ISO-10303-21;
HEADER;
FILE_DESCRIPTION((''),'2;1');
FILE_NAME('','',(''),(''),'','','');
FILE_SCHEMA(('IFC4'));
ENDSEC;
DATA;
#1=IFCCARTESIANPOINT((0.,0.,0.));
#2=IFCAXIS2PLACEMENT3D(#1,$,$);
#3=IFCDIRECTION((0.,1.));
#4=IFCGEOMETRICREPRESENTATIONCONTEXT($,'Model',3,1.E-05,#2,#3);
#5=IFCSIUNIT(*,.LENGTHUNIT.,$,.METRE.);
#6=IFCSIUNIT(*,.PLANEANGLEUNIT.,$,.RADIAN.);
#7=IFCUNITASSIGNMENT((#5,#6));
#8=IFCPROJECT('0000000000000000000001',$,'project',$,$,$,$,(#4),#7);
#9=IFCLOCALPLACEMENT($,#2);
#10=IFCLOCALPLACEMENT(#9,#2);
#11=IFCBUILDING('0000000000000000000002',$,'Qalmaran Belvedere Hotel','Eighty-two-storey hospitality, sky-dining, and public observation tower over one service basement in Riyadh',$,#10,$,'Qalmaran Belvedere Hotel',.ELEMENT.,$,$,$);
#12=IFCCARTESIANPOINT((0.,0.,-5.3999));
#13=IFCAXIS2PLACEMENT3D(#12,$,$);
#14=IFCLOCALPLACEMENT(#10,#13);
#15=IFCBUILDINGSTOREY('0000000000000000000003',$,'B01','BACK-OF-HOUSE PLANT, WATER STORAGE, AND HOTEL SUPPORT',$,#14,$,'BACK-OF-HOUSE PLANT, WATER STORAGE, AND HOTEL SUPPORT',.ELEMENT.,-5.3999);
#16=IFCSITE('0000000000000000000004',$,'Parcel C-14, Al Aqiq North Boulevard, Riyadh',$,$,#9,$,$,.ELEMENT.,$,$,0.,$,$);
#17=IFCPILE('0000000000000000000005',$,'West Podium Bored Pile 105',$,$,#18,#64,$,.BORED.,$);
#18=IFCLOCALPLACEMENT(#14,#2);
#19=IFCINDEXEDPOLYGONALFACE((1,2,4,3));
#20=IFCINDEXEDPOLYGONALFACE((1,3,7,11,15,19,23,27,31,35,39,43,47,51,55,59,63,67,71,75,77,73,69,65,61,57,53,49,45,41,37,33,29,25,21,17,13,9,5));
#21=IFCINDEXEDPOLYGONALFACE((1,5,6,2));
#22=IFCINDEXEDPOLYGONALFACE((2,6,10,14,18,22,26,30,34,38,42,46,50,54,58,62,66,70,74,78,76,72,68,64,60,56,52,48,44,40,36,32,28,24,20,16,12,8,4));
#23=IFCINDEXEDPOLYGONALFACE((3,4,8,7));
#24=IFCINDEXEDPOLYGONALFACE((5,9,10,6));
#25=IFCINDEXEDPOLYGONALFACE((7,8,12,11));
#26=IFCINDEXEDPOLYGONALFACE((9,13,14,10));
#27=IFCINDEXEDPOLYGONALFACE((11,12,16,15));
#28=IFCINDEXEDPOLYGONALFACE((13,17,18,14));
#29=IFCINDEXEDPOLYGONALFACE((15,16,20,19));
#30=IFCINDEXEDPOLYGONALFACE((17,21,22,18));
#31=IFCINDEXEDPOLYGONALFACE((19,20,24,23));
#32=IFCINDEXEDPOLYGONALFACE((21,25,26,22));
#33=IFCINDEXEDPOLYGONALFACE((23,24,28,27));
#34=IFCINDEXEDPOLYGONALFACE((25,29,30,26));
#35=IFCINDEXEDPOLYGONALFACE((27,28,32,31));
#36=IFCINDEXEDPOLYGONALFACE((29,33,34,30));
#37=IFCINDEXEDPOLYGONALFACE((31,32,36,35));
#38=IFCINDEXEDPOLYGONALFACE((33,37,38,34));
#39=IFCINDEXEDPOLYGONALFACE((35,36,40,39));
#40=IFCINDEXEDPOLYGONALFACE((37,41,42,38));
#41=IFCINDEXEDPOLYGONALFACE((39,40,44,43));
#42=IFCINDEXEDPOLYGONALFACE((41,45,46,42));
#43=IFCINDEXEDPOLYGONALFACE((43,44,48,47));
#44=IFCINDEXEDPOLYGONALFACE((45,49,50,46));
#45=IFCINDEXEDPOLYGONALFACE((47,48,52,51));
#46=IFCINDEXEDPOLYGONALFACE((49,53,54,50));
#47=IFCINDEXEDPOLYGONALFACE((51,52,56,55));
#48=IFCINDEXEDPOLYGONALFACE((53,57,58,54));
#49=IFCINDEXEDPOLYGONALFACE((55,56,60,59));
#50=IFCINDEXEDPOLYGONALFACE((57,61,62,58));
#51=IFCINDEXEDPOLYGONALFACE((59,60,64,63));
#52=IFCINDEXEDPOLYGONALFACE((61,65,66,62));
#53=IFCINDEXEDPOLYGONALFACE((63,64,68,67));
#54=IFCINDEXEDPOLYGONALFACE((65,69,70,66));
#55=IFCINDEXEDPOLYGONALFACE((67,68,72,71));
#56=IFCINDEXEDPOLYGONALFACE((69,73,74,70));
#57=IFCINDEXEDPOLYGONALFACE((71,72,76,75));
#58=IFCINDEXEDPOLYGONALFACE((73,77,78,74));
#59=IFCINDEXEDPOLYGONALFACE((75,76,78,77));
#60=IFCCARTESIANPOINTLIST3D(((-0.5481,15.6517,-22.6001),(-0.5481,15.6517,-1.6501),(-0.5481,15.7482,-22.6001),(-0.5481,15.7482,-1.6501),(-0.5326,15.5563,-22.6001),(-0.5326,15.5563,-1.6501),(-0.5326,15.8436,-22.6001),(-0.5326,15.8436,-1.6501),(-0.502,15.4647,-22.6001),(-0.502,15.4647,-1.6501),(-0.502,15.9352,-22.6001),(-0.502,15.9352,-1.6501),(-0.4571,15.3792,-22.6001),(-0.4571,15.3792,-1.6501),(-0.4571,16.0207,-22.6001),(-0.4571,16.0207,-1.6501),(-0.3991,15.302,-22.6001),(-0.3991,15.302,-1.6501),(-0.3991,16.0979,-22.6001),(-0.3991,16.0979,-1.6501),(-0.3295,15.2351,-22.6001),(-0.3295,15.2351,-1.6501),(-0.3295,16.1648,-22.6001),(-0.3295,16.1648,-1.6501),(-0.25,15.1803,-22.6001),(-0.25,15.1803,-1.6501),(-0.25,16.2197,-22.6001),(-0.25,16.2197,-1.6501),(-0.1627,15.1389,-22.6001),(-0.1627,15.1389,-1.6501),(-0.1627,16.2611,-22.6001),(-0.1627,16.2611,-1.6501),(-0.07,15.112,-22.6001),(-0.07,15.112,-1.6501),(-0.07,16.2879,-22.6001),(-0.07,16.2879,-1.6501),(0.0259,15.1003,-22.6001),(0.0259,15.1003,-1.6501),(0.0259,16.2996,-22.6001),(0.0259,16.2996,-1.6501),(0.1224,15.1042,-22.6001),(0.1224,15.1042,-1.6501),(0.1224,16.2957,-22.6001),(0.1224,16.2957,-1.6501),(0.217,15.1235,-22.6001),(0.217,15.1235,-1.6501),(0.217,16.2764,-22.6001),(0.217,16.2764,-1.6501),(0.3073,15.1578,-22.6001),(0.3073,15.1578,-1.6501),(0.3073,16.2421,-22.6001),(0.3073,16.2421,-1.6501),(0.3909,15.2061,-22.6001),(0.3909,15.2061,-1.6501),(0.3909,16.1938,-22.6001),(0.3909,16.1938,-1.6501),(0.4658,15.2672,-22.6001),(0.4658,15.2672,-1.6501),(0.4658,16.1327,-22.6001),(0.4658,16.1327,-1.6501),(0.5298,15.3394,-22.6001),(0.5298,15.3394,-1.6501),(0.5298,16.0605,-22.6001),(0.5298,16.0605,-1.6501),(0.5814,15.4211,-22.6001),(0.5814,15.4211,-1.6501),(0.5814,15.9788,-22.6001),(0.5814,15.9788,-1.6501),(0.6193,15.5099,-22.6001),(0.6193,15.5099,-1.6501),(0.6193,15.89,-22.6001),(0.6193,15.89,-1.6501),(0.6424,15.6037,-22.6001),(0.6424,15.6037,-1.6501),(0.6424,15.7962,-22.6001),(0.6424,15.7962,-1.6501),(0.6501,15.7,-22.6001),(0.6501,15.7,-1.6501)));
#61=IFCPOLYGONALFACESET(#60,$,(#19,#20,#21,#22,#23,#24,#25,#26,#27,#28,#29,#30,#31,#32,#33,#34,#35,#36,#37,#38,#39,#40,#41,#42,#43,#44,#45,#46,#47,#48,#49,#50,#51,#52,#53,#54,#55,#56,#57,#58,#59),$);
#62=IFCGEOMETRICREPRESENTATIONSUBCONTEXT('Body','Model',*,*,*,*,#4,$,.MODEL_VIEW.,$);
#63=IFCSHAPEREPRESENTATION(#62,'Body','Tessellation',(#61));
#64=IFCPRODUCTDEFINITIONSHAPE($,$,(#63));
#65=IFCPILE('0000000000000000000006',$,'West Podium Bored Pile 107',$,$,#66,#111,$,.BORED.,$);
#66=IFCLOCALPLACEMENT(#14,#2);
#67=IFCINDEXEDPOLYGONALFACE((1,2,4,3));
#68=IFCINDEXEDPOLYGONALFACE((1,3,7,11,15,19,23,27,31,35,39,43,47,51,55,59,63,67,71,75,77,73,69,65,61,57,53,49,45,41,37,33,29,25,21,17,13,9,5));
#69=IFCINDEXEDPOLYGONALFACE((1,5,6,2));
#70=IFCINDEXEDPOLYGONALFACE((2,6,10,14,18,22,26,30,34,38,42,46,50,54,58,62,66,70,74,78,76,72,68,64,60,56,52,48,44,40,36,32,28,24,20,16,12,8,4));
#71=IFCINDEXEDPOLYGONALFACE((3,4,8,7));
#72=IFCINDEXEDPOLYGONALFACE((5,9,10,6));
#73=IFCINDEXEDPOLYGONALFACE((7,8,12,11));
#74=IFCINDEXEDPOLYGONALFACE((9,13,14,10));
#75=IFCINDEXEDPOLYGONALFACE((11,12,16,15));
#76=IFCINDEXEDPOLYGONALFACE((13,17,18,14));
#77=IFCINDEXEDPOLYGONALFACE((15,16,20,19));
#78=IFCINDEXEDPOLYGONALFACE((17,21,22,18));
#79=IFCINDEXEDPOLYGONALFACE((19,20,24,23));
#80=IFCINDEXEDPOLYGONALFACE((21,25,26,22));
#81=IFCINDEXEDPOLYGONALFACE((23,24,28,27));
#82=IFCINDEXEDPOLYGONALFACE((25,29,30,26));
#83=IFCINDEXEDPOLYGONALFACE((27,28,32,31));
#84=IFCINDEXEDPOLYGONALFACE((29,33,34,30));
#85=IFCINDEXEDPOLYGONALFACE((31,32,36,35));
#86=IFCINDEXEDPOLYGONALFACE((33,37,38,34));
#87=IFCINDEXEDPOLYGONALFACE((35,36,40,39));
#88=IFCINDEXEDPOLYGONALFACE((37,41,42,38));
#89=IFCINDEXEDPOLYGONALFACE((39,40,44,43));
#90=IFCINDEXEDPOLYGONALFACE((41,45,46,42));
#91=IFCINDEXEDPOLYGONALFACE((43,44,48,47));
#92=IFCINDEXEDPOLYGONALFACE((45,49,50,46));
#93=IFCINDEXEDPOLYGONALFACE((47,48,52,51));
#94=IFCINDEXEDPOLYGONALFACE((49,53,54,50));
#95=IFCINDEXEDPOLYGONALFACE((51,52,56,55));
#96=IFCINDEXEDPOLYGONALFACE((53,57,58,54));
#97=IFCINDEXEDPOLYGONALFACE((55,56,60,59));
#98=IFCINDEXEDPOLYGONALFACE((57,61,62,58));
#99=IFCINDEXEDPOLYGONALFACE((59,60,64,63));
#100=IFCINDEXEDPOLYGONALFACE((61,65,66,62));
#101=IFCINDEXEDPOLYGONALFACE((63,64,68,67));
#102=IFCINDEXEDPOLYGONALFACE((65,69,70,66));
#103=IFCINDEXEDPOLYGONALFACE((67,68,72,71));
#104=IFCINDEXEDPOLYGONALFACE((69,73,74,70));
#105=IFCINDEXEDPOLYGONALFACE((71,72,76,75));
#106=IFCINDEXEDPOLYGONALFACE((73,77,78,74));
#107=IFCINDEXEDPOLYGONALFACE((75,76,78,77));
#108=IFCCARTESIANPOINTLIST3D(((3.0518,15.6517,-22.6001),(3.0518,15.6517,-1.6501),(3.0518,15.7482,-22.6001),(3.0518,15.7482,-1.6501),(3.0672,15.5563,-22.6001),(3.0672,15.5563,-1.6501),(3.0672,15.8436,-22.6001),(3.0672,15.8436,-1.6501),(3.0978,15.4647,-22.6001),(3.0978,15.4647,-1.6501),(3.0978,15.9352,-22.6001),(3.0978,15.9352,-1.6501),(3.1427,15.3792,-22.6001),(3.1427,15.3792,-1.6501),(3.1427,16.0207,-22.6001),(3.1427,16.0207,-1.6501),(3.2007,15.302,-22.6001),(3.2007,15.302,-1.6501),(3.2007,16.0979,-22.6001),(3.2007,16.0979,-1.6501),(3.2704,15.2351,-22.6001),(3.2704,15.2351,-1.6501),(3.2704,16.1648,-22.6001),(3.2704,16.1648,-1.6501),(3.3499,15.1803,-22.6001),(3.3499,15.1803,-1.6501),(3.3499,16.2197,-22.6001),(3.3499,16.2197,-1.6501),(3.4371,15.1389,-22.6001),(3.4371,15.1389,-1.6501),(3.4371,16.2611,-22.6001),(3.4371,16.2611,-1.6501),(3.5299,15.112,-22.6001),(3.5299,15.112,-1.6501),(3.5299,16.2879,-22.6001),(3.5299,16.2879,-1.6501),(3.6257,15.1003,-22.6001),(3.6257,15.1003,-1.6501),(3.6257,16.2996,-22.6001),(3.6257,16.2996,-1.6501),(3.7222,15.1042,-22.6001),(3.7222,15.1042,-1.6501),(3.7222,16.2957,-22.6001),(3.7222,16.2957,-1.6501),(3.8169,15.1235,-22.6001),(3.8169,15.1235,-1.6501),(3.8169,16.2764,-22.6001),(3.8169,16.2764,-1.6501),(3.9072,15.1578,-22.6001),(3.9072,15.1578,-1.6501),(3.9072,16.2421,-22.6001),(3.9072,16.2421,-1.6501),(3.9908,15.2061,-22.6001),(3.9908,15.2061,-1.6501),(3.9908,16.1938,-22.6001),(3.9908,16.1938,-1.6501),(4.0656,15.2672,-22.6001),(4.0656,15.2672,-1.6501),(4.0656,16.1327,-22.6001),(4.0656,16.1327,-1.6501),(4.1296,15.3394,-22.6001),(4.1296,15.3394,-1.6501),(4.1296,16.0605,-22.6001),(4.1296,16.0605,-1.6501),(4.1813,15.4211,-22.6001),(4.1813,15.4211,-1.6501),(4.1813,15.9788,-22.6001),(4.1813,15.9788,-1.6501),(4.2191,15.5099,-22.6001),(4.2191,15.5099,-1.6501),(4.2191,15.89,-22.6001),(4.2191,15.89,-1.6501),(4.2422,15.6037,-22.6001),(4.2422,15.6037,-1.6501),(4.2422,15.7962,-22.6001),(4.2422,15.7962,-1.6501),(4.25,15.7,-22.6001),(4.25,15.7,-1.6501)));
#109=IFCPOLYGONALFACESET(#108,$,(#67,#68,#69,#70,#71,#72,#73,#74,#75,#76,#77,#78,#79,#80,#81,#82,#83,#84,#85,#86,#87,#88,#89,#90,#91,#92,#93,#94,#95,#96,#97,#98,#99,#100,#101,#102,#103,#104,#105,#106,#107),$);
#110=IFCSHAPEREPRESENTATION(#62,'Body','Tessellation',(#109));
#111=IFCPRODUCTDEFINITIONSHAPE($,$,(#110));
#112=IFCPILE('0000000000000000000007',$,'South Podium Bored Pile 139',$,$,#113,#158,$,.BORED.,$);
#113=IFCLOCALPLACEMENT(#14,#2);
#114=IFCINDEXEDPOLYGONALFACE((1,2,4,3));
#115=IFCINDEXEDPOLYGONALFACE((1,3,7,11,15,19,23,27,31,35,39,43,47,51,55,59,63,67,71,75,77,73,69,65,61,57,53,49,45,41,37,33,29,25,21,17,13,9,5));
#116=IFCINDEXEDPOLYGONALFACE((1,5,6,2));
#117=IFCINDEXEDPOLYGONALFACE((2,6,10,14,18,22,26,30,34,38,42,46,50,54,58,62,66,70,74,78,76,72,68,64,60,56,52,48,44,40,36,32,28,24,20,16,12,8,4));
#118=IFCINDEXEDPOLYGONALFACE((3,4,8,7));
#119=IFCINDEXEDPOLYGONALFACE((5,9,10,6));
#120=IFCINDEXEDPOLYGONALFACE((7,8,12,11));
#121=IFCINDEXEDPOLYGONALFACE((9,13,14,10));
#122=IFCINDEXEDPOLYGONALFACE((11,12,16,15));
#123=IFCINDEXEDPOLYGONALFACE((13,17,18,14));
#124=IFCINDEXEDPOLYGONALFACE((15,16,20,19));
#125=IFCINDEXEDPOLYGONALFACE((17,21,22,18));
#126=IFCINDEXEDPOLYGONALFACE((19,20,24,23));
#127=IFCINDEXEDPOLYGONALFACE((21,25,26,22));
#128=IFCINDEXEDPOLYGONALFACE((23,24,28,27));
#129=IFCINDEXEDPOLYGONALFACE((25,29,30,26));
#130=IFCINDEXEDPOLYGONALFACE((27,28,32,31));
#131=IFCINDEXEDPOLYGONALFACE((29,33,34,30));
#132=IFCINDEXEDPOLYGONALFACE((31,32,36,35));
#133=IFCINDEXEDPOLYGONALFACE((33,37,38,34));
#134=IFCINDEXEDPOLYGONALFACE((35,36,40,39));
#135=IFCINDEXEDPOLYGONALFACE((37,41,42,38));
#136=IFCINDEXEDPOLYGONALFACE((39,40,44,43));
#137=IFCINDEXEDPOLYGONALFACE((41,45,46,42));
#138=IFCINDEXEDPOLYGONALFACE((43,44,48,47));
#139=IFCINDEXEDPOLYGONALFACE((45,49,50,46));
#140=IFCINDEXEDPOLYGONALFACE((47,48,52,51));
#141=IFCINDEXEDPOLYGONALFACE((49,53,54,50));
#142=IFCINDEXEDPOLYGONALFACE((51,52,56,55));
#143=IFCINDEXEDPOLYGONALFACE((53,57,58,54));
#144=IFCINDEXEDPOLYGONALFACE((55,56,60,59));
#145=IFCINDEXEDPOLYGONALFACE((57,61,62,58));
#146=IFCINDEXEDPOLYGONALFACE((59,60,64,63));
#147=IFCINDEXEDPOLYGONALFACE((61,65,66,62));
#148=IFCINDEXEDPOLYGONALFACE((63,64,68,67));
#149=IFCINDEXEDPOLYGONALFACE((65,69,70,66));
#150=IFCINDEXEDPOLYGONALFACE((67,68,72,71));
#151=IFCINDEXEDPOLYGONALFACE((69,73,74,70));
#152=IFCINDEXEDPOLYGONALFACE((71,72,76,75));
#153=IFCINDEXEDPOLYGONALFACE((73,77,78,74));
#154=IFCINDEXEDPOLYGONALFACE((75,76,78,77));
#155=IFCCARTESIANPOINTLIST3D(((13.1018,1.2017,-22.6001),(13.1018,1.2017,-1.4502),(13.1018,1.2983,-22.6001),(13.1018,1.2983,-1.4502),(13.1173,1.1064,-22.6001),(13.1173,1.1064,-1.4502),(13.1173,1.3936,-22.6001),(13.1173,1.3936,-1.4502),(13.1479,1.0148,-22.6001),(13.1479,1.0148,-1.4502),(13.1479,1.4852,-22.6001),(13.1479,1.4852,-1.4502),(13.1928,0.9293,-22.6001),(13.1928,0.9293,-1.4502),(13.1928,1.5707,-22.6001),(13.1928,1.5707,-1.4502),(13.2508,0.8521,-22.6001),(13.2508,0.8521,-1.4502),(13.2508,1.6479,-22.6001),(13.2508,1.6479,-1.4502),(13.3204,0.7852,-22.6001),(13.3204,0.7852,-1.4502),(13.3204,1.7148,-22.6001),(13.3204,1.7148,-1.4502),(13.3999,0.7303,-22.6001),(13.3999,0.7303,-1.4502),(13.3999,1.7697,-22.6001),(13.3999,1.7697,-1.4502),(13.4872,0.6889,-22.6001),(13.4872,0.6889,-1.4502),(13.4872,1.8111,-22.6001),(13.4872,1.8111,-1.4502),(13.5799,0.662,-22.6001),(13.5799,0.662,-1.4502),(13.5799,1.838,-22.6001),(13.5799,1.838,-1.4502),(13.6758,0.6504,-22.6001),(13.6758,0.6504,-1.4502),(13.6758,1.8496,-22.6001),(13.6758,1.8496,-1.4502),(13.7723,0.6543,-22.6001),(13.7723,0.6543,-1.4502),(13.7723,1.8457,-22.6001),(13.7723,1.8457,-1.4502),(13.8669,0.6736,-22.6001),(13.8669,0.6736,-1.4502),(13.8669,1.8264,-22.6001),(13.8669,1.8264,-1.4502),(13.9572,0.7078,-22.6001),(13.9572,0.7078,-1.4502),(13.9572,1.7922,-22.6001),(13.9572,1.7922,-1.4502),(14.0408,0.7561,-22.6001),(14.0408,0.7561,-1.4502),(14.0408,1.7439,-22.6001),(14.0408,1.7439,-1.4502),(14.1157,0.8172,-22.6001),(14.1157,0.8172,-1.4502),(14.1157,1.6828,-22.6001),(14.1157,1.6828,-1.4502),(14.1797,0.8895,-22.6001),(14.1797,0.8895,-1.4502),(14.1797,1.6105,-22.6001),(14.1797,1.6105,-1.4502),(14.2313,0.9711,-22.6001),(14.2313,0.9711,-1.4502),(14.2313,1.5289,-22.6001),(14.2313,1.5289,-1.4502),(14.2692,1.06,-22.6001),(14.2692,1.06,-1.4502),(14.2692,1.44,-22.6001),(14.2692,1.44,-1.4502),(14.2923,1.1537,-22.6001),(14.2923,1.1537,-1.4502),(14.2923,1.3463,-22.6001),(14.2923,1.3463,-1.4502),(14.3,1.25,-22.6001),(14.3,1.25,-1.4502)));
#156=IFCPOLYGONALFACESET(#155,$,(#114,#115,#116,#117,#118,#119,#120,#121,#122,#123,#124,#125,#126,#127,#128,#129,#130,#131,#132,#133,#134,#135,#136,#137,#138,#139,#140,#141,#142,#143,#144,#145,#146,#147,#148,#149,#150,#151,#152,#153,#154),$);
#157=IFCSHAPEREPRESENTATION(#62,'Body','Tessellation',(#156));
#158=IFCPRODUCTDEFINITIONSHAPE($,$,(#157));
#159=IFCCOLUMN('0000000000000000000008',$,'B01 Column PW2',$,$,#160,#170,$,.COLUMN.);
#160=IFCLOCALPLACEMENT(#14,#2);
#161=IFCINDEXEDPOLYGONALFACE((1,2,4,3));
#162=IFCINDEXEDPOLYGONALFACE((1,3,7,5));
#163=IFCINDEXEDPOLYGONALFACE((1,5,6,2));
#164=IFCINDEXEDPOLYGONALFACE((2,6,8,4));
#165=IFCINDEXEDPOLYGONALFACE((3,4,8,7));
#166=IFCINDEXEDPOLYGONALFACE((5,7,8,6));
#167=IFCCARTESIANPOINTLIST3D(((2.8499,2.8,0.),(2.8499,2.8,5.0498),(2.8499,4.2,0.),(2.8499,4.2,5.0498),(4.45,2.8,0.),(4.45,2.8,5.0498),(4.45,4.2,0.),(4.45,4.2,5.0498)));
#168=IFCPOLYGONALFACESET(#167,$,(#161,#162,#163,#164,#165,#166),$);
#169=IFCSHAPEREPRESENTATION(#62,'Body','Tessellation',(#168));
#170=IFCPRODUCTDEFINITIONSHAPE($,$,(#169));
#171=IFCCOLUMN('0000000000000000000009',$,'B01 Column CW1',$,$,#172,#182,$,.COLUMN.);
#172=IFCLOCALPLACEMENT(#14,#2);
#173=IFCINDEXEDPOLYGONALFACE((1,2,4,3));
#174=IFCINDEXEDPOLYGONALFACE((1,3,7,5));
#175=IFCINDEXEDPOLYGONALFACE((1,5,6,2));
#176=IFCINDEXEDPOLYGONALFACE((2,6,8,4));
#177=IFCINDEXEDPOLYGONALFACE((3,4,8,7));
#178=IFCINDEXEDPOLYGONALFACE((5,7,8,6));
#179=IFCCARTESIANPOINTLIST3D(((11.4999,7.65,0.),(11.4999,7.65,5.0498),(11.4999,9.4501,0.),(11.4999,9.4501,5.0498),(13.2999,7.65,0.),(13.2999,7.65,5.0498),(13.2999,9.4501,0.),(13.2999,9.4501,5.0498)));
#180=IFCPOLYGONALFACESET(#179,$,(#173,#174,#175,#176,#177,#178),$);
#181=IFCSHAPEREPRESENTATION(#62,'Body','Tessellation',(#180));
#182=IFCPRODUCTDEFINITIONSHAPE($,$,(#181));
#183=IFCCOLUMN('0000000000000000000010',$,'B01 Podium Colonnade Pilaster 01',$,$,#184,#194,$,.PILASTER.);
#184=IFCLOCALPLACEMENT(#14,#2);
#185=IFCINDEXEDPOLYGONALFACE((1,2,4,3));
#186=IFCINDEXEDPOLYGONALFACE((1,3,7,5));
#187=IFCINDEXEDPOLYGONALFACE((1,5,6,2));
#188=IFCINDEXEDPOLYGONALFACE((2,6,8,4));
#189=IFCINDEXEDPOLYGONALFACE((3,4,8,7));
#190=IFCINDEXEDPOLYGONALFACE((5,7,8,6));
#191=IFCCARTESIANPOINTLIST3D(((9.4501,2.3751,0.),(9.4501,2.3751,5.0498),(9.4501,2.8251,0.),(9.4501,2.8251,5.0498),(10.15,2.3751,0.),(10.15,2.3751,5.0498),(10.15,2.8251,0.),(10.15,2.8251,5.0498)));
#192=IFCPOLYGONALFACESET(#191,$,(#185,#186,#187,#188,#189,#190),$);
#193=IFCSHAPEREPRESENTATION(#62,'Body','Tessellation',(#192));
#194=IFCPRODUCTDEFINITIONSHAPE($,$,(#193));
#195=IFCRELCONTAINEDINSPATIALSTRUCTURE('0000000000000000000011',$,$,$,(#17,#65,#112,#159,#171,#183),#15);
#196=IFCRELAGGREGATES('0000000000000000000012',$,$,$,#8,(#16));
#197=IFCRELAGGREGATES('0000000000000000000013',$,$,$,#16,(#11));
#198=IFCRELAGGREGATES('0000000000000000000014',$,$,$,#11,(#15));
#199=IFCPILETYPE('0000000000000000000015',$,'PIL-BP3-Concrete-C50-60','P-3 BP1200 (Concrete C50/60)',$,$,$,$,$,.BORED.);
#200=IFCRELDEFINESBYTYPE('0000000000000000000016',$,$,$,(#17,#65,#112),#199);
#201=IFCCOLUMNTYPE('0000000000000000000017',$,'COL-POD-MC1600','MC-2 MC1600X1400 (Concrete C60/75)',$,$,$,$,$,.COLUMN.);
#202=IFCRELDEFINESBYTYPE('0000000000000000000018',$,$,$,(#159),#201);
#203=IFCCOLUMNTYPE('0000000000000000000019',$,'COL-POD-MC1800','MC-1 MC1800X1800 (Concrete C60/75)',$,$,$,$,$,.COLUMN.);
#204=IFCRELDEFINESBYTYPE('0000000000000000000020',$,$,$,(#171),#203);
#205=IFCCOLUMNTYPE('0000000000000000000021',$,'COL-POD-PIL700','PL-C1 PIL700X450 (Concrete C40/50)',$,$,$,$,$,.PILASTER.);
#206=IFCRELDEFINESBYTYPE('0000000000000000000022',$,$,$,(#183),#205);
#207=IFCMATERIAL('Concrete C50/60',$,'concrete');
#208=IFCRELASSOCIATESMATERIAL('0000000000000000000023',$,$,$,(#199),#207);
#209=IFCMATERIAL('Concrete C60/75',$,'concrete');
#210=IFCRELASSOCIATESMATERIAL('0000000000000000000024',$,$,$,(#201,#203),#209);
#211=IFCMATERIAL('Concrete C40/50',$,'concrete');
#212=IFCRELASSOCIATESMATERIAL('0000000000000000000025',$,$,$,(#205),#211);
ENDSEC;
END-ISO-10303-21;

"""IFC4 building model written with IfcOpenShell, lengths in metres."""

from ifc_helpers import new_model, si_unit, direction, frame, origin, origin_2d, place, context, subcontext, project, spatial, rectangle, circle, extrude, material, material_profile, profile_set, type_object, element, save


model = new_model("IFC4")

# Units and contexts
model_context = context("Model", 3, precision=1e-05, world=origin(), true_north=direction((0.0, 1.0)))
body_context = subcontext(model_context, "Body", "Model", "MODEL_VIEW")
ifc_project = project(units=[si_unit("LENGTHUNIT", "METRE"), si_unit("PLANEANGLEUNIT", "RADIAN")], contexts=[model_context])

# Site, building, storey
site_placement = place(None, origin())
site = spatial("IfcSite", under=ifc_project, at=site_placement, Name="Parcel C-14, Al Aqiq North Boulevard, Riyadh", CompositionType="ELEMENT", RefElevation=0.0)
building_placement = place(site_placement, origin())
building = spatial("IfcBuilding", under=site, at=building_placement, Name="Qalmaran Belvedere Hotel", Description="Eighty-two-storey hospitality, sky-dining, and public observation tower over one service basement in Riyadh", LongName="Qalmaran Belvedere Hotel", CompositionType="ELEMENT")
storey_placement = place(building_placement, frame((0.0, 0.0, -5.3999)))
storey = spatial("IfcBuildingStorey", under=building, at=storey_placement, Name="B01", Description="BACK-OF-HOUSE PLANT, WATER STORAGE, AND HOTEL SUPPORT", LongName="BACK-OF-HOUSE PLANT, WATER STORAGE, AND HOTEL SUPPORT", CompositionType="ELEMENT", Elevation=-5.3999)

# Shared definitions
ifc_material_1 = material(Name="Concrete C50/60", Category="concrete")

# Piles
ifc_material_profile_1 = material_profile(ifc_material_1, circle(Radius=0.6001, at=origin_2d()), Name="BP1200")
ifc_profile_set_1 = profile_set([ifc_material_profile_1], Name="Concrete C50/60")
pile_type_1 = type_object("IfcPileType", Name="PIL-BP3-Concrete-C50-60", Description="P-3 BP1200 (Concrete C50/60)", PredefinedType="BORED", material=ifc_profile_set_1)
for number, where, z_axis, x_axis, name in (
    (1, (0.05, 15.7, -1.6501), (0.0, 0.0, -1.0), (1.0, 0.0, 0.0), "West Podium Bored Pile 105"),
    (2, (3.6499, 15.7, -1.6501), (0.0, 0.0, -1.0), (1.0, 0.0, 0.0), "West Podium Bored Pile 107"),
):
    element("IfcPile", number, at=place(storey_placement, frame(where, z_axis=z_axis, x_axis=x_axis)), inside=storey, type_object=pile_type_1, Name=name, PredefinedType="BORED", context=body_context, shape_type="SweptSolid", body=[
        extrude(circle(Radius=0.6001, at=origin_2d()), origin(), (0.0, 0.0, 1.0), 20.95),
    ])
pile_placement = place(storey_placement, frame((13.7, 1.25, -1.4502), z_axis=(0.0, 0.0, -1.0), x_axis=(1.0, 0.0, 0.0)))
element("IfcPile", 3, at=pile_placement, inside=storey, type_object=pile_type_1, Name="South Podium Bored Pile 139", PredefinedType="BORED", context=body_context, shape_type="SweptSolid", body=[
    extrude(circle(Radius=0.6001, at=origin_2d()), origin(), (0.0, 0.0, 1.0), 21.1499),
])

# Columns
ifc_material_2 = material(Name="Concrete C60/75", Category="concrete")
ifc_material_profile_2 = material_profile(ifc_material_2, rectangle(XDim=1.6001, YDim=1.3999, at=origin_2d()), Name="MC1600X1400")
ifc_profile_set_2 = profile_set([ifc_material_profile_2], Name="Concrete C60/75")
column_type_1 = type_object("IfcColumnType", Name="COL-POD-MC1600", Description="MC-2 MC1600X1400 (Concrete C60/75)", PredefinedType="COLUMN", material=ifc_profile_set_2)
column_1_placement = place(storey_placement, frame((3.6499, 3.5, 0.0), z_axis=(0.0, 0.0, 1.0), x_axis=(1.0, 0.0, 0.0)))
element("IfcColumn", 4, at=column_1_placement, inside=storey, type_object=column_type_1, Name="B01 Column PW2", PredefinedType="COLUMN", context=body_context, shape_type="SweptSolid", body=[
    extrude(rectangle(XDim=1.6001, YDim=1.3999, at=origin_2d()), origin(), (0.0, 0.0, 1.0), 5.0498),
])
ifc_material_profile_3 = material_profile(ifc_material_2, rectangle(XDim=1.8, YDim=1.8, at=origin_2d()), Name="MC1800X1800")
ifc_profile_set_3 = profile_set([ifc_material_profile_3], Name="Concrete C60/75")
column_type_2 = type_object("IfcColumnType", Name="COL-POD-MC1800", Description="MC-1 MC1800X1800 (Concrete C60/75)", PredefinedType="COLUMN", material=ifc_profile_set_3)
column_2_placement = place(storey_placement, frame((12.3999, 8.55, 0.0), z_axis=(0.0, 0.0, 1.0), x_axis=(1.0, 0.0, 0.0)))
element("IfcColumn", 5, at=column_2_placement, inside=storey, type_object=column_type_2, Name="B01 Column CW1", PredefinedType="COLUMN", context=body_context, shape_type="SweptSolid", body=[
    extrude(rectangle(XDim=1.8, YDim=1.8, at=origin_2d()), origin(), (0.0, 0.0, 1.0), 5.0498),
])
ifc_material_3 = material(Name="Concrete C40/50", Category="concrete")
ifc_material_profile_4 = material_profile(ifc_material_3, rectangle(XDim=0.7, YDim=0.45, at=origin_2d()), Name="PIL700X450")
ifc_profile_set_4 = profile_set([ifc_material_profile_4], Name="Concrete C40/50")
column_type_3 = type_object("IfcColumnType", Name="COL-POD-PIL700", Description="PL-C1 PIL700X450 (Concrete C40/50)", PredefinedType="PILASTER", material=ifc_profile_set_4)
for number, where, z_axis, x_axis, name in (
    (6, (9.8, 2.6001, 0.0), (0.0, 0.0, 1.0), (1.0, 0.0, 0.0), "B01 Podium Colonnade Pilaster 01"),
):
    element("IfcColumn", number, at=place(storey_placement, frame(where, z_axis=z_axis, x_axis=x_axis)), inside=storey, type_object=column_type_3, Name=name, PredefinedType="PILASTER", context=body_context, shape_type="SweptSolid", body=[
        extrude(rectangle(XDim=0.7, YDim=0.45, at=origin_2d()), origin(), (0.0, 0.0, 1.0), 5.0498),
    ])

save(model, "model.ifc")
